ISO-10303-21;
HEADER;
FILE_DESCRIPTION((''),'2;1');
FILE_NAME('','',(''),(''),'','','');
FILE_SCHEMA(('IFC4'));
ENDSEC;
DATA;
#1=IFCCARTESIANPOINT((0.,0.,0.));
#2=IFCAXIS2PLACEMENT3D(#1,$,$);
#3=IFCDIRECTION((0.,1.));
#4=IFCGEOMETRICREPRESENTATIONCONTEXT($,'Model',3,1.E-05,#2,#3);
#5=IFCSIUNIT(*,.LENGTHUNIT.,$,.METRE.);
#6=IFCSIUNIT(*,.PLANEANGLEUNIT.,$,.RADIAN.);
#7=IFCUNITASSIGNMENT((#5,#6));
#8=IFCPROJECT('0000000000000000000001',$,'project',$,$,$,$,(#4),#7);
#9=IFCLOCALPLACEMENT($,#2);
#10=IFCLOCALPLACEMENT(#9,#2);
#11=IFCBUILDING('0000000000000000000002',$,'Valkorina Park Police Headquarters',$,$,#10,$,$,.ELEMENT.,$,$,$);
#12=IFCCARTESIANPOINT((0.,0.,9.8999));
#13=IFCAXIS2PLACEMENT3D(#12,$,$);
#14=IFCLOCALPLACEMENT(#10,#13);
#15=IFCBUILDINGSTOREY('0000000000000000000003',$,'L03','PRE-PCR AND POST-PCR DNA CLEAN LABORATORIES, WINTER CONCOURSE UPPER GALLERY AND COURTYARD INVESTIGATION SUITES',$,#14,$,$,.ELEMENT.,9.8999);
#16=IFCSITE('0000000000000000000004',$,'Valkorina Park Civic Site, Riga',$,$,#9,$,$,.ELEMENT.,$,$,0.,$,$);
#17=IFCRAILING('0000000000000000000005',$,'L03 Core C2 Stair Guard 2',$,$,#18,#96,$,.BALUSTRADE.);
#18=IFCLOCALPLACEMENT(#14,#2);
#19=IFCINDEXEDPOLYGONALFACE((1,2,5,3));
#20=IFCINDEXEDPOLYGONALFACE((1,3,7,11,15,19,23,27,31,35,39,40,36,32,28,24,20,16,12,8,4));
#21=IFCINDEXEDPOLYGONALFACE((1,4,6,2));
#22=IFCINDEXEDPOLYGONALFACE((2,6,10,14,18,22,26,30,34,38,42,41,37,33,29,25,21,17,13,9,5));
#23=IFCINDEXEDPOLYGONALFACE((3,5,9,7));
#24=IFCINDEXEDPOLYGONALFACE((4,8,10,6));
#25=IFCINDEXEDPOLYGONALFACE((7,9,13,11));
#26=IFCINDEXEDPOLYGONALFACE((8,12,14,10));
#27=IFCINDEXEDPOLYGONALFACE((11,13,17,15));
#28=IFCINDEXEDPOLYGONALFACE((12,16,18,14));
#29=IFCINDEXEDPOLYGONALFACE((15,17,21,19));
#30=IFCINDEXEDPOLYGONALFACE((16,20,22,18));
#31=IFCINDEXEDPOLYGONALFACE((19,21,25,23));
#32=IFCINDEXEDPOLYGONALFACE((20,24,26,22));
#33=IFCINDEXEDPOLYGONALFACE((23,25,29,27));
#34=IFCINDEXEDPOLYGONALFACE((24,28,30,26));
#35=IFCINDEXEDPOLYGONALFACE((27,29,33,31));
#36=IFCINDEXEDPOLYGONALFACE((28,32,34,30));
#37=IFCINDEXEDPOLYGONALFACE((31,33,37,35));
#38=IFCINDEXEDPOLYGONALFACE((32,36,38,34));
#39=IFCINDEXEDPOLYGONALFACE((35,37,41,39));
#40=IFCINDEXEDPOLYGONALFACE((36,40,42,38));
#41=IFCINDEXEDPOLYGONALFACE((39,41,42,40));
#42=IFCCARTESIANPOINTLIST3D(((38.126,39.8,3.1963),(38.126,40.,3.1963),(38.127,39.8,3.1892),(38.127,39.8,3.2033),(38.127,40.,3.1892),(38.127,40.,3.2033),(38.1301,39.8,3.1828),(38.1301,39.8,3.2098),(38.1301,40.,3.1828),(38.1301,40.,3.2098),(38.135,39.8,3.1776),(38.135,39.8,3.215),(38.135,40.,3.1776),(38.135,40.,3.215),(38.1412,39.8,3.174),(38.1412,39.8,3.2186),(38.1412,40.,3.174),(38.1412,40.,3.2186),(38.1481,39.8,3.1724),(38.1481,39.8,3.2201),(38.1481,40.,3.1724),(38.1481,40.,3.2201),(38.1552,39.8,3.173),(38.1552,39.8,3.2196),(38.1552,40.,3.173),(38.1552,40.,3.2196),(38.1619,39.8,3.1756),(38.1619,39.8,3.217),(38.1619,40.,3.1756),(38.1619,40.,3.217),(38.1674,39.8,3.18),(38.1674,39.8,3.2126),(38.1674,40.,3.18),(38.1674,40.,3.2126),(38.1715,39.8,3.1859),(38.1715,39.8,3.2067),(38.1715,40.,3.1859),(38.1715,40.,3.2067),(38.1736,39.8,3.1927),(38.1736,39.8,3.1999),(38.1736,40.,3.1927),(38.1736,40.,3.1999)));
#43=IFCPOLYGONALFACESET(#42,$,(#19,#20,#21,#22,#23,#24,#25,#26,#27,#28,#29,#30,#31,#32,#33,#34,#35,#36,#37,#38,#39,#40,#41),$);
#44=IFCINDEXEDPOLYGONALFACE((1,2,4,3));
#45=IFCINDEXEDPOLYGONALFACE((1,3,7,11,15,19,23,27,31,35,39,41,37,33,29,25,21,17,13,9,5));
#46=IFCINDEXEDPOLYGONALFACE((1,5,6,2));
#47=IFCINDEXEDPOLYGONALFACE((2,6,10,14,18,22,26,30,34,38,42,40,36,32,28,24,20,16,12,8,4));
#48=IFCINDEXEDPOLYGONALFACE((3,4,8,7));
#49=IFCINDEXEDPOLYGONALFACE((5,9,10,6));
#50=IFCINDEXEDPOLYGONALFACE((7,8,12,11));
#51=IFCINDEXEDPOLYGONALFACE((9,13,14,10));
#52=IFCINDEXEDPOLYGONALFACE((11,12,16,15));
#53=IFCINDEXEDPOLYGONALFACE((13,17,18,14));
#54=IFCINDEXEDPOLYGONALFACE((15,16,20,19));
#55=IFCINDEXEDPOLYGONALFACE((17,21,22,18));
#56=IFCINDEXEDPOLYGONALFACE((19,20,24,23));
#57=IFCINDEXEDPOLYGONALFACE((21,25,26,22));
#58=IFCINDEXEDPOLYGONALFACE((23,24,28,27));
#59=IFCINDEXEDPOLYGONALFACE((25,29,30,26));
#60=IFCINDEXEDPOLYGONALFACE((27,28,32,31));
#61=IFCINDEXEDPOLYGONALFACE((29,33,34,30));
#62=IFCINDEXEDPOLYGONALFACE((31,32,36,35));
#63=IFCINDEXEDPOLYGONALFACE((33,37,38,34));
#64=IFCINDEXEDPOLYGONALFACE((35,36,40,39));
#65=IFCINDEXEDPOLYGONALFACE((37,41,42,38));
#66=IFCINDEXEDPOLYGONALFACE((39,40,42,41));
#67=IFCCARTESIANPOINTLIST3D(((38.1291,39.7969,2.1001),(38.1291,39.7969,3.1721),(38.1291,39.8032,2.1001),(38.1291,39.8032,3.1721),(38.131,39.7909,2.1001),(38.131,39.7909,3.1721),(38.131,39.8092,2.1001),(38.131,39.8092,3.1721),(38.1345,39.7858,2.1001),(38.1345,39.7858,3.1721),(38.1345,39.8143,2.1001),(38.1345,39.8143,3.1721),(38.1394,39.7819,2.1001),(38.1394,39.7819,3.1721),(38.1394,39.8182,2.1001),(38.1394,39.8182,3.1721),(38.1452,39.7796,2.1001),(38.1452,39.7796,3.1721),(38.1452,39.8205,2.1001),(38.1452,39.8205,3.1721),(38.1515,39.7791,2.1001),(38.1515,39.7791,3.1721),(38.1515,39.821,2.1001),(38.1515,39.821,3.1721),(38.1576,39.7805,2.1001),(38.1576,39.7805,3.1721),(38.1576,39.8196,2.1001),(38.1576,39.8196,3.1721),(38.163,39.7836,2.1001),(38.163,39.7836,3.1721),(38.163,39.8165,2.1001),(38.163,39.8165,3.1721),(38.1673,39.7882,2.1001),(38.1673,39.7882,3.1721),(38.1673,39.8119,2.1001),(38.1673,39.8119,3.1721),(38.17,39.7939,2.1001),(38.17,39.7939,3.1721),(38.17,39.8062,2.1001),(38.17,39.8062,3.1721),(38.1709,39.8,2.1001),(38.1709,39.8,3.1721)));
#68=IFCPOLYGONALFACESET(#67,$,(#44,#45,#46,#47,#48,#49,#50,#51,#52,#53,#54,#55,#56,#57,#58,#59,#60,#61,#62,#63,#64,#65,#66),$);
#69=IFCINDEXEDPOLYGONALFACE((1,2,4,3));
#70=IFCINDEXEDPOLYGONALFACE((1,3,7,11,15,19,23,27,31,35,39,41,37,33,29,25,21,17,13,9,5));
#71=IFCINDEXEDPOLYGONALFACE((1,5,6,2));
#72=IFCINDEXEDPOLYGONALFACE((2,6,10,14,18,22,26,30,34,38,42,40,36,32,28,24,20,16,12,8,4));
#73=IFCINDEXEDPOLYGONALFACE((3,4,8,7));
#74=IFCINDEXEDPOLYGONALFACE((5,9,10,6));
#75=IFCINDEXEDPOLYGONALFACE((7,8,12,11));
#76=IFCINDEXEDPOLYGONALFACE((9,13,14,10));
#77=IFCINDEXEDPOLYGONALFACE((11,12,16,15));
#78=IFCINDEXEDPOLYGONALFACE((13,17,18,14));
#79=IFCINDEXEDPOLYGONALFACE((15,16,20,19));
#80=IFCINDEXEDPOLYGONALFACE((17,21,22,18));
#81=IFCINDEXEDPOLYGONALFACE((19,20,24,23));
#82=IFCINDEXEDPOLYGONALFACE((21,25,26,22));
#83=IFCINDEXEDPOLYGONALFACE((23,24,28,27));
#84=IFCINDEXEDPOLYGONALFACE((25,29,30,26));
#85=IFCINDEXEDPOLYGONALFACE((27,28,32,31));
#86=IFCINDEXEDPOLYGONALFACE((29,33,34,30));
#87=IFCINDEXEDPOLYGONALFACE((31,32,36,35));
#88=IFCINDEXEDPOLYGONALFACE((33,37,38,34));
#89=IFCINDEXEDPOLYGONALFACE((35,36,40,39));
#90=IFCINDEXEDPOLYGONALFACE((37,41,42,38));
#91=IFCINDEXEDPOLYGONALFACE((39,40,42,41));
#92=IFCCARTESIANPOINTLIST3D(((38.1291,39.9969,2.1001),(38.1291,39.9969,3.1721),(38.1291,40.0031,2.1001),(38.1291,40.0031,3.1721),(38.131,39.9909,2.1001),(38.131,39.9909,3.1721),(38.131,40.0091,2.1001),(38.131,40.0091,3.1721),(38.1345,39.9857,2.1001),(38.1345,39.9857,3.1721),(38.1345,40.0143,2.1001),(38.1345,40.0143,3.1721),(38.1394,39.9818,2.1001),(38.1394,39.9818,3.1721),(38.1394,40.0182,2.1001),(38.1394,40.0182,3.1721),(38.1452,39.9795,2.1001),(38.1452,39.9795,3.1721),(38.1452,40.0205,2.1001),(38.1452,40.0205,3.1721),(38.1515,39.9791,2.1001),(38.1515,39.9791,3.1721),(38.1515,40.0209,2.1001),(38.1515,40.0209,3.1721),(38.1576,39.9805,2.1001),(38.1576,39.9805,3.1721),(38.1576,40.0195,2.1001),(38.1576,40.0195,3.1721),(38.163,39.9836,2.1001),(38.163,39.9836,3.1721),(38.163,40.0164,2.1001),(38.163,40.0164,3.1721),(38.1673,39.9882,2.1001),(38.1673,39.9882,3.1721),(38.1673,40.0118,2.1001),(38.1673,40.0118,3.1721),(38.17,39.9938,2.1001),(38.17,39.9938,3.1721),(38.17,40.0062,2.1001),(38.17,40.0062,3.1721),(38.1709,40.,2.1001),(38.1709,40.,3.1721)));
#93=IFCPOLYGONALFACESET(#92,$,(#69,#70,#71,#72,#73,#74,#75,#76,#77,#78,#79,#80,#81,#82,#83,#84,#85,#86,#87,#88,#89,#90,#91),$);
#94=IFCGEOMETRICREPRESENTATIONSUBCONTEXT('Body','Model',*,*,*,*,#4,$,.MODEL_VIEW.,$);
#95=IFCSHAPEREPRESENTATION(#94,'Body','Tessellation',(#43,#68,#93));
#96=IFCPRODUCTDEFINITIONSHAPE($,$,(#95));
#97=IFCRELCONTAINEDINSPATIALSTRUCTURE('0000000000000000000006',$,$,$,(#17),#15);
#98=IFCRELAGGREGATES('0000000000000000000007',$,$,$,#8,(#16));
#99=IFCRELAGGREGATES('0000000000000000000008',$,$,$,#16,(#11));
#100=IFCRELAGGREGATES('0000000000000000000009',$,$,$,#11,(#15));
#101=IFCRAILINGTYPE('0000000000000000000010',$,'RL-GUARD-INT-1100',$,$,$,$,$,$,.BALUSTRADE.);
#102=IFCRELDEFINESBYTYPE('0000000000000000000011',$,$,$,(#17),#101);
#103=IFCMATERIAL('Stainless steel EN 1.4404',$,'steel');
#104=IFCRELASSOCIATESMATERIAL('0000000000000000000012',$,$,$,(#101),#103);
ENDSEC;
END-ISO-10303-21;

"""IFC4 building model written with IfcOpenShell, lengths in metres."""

from ifc_helpers import new_model, si_unit, direction, frame, origin, origin_2d, place, context, subcontext, project, spatial, circle, extrude, material, type_object, element, save


model = new_model("IFC4")

# Units and contexts
model_context = context("Model", 3, precision=1e-05, world=origin(), true_north=direction((0.0, 1.0)))
body_context = subcontext(model_context, "Body", "Model", "MODEL_VIEW")
ifc_project = project(units=[si_unit("LENGTHUNIT", "METRE"), si_unit("PLANEANGLEUNIT", "RADIAN")], contexts=[model_context])

# Site, building, storey
site_placement = place(None, origin())
site = spatial("IfcSite", under=ifc_project, at=site_placement, Name="Valkorina Park Civic Site, Riga", CompositionType="ELEMENT", RefElevation=0.0)
building_placement = place(site_placement, origin())
building = spatial("IfcBuilding", under=site, at=building_placement, Name="Valkorina Park Police Headquarters", CompositionType="ELEMENT")
storey_placement = place(building_placement, frame((0.0, 0.0, 9.8999)))
storey = spatial("IfcBuildingStorey", under=building, at=storey_placement, Name="L03", Description="PRE-PCR AND POST-PCR DNA CLEAN LABORATORIES, WINTER CONCOURSE UPPER GALLERY AND COURTYARD INVESTIGATION SUITES", CompositionType="ELEMENT", Elevation=9.8999)

# Shared definitions
ifc_material_1 = material(Name="Stainless steel EN 1.4404", Category="steel")

# Railing
railing_type_1 = type_object("IfcRailingType", Name="RL-GUARD-INT-1100", PredefinedType="BALUSTRADE", material=ifc_material_1)
railing_1_placement = place(storey_placement, frame((38.1499, 39.8, 2.1001)))
element("IfcRailing", 1, at=railing_1_placement, inside=storey, type_object=railing_type_1, Name="L03 Core C2 Stair Guard 2", PredefinedType="BALUSTRADE", context=body_context, shape_type="SweptSolid", body=[
    extrude(circle(Radius=0.0239, at=origin_2d()), frame((0.0, 0.0, 1.0962), z_axis=(0.0, 1.0, 0.0), x_axis=(-1.0, 0.0, 0.0)), (0.0, 0.0, 1.0), 0.2),
    extrude(circle(Radius=0.021, at=origin_2d()), origin(), (0.0, 0.0, 1.0), 1.072),
    extrude(circle(Radius=0.021, at=origin_2d()), frame((0.0, 0.2, 0.0)), (0.0, 0.0, 1.0), 1.072),
])

save(model, "model.ifc")
